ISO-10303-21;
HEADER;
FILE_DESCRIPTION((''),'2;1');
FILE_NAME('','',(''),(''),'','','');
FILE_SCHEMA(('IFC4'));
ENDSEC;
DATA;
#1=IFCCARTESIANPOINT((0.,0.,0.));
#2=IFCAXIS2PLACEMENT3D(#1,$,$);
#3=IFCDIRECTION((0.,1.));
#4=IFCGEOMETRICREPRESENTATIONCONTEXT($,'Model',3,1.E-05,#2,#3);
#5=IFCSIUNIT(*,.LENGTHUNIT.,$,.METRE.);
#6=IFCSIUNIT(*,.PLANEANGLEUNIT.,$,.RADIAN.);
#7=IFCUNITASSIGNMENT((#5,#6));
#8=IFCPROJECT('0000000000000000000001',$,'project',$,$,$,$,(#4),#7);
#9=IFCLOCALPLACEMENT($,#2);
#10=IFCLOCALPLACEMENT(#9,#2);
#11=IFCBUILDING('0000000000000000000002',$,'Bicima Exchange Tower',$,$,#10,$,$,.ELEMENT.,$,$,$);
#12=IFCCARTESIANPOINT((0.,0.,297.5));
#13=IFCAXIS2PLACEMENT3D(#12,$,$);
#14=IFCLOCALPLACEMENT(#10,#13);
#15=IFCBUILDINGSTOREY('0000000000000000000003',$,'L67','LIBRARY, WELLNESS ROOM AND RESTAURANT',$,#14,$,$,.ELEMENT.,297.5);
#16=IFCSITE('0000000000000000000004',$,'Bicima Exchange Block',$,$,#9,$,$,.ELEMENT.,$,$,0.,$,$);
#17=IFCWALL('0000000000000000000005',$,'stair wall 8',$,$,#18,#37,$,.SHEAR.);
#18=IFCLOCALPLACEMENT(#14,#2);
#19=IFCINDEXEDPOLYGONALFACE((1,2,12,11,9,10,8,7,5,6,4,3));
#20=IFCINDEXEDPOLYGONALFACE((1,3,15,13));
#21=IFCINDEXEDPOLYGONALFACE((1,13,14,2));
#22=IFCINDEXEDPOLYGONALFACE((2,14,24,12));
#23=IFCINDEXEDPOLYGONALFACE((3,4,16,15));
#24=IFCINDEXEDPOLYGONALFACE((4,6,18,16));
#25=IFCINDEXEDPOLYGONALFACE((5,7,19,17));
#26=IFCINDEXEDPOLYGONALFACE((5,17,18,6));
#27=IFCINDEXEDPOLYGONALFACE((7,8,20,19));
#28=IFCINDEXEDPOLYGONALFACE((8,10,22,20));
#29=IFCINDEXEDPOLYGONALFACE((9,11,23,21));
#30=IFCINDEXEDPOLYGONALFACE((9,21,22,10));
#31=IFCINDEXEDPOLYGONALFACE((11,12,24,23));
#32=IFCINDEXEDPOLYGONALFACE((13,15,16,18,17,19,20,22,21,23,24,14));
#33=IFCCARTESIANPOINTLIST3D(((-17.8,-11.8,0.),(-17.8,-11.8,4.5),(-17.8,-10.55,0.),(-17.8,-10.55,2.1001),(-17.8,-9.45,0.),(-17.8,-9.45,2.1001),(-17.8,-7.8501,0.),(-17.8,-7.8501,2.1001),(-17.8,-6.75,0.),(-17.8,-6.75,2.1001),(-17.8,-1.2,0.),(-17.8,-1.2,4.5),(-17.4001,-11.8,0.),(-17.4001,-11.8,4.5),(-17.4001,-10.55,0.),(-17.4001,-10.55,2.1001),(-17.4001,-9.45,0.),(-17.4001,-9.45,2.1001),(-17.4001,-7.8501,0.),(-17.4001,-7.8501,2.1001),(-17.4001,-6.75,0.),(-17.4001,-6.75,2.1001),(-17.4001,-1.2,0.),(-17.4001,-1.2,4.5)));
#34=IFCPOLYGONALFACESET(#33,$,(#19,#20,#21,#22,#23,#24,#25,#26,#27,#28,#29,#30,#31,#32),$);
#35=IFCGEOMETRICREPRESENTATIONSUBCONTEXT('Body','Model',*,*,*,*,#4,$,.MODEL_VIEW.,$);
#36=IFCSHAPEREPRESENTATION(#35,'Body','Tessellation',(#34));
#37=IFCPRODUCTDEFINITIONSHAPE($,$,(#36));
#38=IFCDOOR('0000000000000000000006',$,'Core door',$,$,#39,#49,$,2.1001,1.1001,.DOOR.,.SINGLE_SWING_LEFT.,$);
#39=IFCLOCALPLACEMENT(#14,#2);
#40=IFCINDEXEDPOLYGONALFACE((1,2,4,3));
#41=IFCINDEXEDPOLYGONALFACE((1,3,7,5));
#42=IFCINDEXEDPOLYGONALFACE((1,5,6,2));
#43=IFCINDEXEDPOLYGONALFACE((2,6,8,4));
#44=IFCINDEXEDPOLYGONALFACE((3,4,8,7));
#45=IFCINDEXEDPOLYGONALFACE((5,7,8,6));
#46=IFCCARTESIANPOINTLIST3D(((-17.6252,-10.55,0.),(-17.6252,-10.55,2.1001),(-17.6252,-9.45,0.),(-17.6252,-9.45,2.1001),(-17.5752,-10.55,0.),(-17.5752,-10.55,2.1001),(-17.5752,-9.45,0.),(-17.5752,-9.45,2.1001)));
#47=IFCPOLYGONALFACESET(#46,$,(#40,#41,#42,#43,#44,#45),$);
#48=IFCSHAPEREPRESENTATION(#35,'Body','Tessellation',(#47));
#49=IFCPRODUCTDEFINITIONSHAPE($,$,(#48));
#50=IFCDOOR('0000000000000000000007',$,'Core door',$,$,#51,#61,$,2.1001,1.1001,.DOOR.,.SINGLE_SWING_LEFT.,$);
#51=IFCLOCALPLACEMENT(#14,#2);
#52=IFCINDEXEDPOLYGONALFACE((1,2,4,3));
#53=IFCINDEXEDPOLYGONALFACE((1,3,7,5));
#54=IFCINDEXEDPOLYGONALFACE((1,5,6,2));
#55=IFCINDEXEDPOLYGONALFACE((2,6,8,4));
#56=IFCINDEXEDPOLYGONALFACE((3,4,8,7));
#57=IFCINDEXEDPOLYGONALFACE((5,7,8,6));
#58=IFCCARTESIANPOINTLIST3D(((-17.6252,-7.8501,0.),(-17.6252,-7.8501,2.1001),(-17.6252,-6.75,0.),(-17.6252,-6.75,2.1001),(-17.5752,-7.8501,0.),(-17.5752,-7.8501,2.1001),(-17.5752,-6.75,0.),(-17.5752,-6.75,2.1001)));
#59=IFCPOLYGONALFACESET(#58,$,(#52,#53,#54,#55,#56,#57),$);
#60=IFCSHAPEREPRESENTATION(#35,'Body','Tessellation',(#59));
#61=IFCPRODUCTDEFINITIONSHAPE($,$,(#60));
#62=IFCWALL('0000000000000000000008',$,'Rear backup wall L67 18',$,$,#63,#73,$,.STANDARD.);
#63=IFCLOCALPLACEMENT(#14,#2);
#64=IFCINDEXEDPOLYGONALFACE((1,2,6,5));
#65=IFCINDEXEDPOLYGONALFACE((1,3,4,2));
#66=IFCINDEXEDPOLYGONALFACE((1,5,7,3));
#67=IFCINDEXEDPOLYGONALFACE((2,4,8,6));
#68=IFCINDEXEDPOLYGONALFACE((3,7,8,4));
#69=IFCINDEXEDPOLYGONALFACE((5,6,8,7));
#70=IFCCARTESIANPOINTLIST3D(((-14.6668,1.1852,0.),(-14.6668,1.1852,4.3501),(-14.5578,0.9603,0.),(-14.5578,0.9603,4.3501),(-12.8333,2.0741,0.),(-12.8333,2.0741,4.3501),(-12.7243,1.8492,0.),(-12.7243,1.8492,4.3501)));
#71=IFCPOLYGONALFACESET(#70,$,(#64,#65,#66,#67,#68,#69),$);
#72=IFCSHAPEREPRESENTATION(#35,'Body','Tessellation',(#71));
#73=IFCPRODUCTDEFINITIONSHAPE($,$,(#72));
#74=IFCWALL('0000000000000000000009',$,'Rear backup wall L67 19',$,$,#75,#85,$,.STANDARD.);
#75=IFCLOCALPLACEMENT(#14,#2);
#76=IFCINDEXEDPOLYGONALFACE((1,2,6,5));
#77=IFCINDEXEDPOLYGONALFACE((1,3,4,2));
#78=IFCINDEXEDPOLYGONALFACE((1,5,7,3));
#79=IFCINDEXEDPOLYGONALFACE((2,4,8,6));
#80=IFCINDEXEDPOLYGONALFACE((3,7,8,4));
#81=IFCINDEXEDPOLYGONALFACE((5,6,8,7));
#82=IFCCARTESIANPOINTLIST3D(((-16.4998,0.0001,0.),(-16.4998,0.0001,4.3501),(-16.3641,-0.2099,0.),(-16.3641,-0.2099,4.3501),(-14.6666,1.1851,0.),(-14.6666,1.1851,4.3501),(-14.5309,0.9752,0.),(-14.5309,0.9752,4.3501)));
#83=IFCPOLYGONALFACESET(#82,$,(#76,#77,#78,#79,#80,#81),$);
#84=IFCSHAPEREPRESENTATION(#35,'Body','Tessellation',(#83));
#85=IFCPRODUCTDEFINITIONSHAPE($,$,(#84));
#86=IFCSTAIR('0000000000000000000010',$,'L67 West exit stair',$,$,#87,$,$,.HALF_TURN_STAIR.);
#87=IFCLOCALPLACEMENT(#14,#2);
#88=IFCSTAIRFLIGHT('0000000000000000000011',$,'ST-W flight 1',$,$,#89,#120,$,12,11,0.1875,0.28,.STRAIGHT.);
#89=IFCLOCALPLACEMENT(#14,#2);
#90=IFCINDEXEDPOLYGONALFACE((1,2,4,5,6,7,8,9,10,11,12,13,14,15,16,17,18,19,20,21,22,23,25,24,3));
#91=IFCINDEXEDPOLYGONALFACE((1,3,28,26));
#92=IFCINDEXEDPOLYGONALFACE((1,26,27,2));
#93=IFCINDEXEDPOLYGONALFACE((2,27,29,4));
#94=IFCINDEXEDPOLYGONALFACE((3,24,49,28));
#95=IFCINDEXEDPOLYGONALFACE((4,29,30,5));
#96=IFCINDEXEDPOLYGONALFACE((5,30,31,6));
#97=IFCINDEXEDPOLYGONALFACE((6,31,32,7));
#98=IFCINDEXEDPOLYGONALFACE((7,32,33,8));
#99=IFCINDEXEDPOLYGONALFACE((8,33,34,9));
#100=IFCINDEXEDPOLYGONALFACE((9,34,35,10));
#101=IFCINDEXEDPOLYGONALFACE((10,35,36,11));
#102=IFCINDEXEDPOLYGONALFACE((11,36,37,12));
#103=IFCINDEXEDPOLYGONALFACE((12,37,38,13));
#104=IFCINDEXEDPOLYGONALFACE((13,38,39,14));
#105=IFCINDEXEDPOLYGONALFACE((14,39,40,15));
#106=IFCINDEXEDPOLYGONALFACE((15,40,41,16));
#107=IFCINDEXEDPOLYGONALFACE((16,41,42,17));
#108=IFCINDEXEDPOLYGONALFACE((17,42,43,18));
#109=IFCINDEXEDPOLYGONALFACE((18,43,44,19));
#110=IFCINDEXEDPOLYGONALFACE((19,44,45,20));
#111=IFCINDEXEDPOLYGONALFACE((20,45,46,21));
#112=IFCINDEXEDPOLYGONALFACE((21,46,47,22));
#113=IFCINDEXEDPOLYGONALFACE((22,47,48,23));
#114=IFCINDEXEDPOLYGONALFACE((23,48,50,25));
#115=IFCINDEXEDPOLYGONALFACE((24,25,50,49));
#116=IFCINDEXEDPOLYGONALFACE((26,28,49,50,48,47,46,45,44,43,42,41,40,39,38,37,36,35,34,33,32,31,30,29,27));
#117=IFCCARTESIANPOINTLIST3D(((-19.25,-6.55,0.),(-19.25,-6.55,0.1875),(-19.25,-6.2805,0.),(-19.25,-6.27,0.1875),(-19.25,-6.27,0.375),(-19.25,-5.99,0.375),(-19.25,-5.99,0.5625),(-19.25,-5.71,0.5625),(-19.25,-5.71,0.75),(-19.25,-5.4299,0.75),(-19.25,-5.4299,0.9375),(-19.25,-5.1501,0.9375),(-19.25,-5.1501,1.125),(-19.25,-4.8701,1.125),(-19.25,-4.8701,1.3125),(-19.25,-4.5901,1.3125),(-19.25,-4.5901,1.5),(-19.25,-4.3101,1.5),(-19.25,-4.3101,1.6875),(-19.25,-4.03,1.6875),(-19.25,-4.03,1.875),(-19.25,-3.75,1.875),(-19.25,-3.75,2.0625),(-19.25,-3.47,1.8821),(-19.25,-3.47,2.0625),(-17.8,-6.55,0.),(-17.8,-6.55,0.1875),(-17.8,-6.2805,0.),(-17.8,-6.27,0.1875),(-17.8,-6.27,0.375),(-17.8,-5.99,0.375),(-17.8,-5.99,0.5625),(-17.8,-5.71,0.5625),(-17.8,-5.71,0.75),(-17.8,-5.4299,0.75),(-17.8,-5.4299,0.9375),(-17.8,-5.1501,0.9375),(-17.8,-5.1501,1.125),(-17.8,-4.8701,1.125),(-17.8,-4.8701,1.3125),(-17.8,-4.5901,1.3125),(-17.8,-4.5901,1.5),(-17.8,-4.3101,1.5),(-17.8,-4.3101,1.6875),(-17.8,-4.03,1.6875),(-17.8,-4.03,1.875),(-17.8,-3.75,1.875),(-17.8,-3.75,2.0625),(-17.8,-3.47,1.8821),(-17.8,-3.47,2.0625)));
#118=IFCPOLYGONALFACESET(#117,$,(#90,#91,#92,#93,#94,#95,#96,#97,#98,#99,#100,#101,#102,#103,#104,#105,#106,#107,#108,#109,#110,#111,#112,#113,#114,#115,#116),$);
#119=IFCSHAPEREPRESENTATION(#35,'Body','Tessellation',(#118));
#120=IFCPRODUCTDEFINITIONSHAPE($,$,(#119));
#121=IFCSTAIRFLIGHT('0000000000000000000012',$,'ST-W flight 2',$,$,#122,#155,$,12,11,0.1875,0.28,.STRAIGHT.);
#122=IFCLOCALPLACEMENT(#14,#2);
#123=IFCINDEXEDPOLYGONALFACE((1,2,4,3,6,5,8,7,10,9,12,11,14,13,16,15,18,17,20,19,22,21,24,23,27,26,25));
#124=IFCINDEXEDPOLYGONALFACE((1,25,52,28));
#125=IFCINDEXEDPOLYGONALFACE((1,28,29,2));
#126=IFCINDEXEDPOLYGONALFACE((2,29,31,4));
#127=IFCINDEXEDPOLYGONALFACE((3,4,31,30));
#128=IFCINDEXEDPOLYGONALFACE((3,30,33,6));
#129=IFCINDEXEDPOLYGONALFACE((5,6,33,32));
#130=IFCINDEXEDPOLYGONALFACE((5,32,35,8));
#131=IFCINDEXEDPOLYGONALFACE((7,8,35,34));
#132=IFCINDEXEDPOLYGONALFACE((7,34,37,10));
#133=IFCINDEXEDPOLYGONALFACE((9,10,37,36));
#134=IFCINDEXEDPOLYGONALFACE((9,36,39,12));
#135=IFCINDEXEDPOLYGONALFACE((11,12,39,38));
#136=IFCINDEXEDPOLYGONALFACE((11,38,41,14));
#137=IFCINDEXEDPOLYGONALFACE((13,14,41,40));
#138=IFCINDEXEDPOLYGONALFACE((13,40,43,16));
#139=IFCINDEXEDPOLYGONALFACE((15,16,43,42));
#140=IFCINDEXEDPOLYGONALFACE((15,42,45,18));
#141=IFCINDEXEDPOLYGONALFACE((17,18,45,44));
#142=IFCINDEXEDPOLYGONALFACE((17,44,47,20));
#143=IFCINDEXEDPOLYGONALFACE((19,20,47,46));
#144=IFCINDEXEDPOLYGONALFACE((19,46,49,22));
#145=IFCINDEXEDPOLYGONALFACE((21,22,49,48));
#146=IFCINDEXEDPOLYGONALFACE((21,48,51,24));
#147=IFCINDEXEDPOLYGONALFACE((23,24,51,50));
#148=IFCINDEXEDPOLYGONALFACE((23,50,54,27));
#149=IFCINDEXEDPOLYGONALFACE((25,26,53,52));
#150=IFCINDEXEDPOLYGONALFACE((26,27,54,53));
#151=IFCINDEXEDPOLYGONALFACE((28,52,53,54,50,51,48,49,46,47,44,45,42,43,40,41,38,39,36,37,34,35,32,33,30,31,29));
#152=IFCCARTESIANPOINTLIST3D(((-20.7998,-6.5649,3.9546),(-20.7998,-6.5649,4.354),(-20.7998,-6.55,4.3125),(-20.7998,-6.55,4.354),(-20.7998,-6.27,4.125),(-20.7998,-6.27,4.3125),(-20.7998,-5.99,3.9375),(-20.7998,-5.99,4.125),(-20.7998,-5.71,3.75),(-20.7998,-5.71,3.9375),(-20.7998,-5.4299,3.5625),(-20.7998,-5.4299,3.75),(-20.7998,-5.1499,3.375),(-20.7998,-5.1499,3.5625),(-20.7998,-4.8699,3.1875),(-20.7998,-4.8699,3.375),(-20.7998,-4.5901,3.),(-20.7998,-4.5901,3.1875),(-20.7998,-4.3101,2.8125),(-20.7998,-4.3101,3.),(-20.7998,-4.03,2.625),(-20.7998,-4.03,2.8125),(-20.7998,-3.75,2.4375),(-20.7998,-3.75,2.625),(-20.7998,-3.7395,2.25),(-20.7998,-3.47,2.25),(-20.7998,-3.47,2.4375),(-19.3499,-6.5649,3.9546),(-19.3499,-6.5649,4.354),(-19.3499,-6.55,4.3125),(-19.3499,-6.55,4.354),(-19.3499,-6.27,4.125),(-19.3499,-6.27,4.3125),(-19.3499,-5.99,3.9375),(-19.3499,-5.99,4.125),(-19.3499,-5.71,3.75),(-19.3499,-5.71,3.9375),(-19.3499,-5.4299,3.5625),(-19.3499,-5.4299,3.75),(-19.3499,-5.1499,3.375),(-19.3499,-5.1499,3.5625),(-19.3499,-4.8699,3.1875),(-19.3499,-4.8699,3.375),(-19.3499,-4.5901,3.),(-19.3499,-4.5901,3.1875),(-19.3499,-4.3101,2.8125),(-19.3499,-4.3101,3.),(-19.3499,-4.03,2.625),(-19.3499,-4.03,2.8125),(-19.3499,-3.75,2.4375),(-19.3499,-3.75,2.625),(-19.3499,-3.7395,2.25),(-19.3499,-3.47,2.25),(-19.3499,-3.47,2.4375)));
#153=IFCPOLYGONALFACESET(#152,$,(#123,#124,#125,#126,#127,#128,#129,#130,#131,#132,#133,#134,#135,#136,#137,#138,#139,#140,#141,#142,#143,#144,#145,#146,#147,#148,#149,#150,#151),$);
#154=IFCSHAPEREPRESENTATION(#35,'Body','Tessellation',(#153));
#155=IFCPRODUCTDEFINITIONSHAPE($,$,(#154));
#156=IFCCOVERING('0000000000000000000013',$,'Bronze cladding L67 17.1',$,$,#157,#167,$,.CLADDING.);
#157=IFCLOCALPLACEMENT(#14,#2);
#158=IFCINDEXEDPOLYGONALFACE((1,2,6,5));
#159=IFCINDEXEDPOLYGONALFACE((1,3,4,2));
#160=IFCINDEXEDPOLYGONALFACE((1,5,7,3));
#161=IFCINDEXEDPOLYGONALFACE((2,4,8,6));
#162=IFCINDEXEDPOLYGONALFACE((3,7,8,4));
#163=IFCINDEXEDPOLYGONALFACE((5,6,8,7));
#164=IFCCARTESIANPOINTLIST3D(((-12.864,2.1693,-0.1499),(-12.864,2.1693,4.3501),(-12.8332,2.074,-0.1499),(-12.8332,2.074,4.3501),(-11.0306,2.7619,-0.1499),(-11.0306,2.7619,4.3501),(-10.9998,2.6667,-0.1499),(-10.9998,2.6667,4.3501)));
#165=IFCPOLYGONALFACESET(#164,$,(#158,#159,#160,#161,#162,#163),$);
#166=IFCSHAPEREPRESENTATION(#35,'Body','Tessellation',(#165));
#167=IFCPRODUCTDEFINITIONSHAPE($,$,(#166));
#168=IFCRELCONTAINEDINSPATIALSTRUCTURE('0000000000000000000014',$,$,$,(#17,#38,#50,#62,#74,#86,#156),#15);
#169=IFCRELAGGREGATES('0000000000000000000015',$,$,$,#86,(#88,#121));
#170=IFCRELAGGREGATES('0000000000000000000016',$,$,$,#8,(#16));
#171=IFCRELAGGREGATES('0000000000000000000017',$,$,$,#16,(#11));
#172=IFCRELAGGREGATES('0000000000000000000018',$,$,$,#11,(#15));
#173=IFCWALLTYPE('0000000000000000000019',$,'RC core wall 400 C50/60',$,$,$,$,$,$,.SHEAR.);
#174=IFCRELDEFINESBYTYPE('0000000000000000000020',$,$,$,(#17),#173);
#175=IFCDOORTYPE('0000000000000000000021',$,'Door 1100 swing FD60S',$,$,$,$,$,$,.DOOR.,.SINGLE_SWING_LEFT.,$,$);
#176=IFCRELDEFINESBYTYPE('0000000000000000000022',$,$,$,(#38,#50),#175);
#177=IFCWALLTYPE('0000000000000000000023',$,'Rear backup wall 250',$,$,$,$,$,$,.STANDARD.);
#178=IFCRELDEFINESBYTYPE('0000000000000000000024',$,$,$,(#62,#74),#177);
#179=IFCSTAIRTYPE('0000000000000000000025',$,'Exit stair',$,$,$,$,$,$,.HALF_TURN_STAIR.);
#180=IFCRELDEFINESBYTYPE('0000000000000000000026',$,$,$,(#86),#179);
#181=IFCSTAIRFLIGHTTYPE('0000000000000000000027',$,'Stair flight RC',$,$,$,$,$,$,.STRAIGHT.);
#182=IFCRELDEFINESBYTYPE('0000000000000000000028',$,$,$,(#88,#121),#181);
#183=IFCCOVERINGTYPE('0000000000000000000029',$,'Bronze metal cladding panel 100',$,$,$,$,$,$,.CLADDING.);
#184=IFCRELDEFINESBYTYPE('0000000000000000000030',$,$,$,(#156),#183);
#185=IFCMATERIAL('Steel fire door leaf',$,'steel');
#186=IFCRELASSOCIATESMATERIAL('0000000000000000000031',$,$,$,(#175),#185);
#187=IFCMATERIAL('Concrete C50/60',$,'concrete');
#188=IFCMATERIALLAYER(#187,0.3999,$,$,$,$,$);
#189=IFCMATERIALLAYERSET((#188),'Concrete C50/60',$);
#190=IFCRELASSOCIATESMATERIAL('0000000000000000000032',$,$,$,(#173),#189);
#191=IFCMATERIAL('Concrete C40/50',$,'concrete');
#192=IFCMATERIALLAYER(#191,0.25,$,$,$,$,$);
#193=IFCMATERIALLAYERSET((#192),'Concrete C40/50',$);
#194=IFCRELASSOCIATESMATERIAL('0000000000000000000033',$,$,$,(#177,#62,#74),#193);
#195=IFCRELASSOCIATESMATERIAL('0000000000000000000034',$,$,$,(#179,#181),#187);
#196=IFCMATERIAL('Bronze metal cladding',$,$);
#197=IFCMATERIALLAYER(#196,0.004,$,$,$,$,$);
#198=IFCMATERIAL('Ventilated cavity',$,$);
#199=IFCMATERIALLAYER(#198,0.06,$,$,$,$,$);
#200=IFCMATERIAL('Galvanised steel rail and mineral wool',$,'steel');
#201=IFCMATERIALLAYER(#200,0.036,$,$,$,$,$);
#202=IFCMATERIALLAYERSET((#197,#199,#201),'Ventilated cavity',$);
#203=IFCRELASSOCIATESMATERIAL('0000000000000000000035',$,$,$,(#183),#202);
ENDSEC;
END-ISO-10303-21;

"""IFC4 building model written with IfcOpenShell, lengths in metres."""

from ifc_helpers import new_model, si_unit, direction, frame, frame_2d, origin, origin_2d, place, context, subcontext, project, spatial, polyline, rectangle, outline, extrude, material, layer, layer_set, layer_usage, type_object, element, fill, aggregate, save


model = new_model("IFC4")

# Units and contexts
model_context = context("Model", 3, precision=1e-05, world=origin(), true_north=direction((0.0, 1.0)))
body_context = subcontext(model_context, "Body", "Model", "MODEL_VIEW")
ifc_project = project(units=[si_unit("LENGTHUNIT", "METRE"), si_unit("PLANEANGLEUNIT", "RADIAN")], contexts=[model_context])

# Site, building, storey
site_placement = place(None, origin())
site = spatial("IfcSite", under=ifc_project, at=site_placement, Name="Bicima Exchange Block", CompositionType="ELEMENT", RefElevation=0.0)
building_placement = place(site_placement, origin())
building = spatial("IfcBuilding", under=site, at=building_placement, Name="Bicima Exchange Tower", CompositionType="ELEMENT")
storey_placement = place(building_placement, frame((0.0, 0.0, 297.5)))
storey = spatial("IfcBuildingStorey", under=building, at=storey_placement, Name="L67", Description="LIBRARY, WELLNESS ROOM AND RESTAURANT", CompositionType="ELEMENT", Elevation=297.5)

# Shared definitions
ifc_material_1 = material(Name="Concrete C40/50", Category="concrete")

# Shared definitions
ifc_material_2 = material(Name="Steel fire door leaf", Category="steel")

# Shared definitions
door_type_1 = type_object("IfcDoorType", Name="Door 1100 swing FD60S", OperationType="SINGLE_SWING_LEFT", PredefinedType="DOOR", material=ifc_material_2)
ifc_material_3 = material(Name="Concrete C50/60", Category="concrete")
ifc_layer_1 = layer(ifc_material_3, 0.3999)
ifc_layer_set_1 = layer_set([ifc_layer_1], Name="Concrete C50/60")
wall_type_1 = type_object("IfcWallType", Name="RC core wall 400 C50/60", PredefinedType="SHEAR", material=ifc_layer_set_1)

# Wall, openings, doors
wall_1_placement = place(storey_placement, frame((-17.6001, -11.8, 0.0), z_axis=(0.0, 0.0, 1.0), x_axis=(0.0, 1.0, 0.0)))
wall_1 = element("IfcWall", 1, at=wall_1_placement, inside=storey, type_object=wall_type_1, Name="stair wall 8", PredefinedType="SHEAR", context=body_context, shape_type="SweptSolid", body=[
    extrude(rectangle(XDim=10.6001, YDim=0.3999, at=frame_2d((5.3, 0.0))), origin(), (0.0, 0.0, 1.0), 4.5),
])
opening_1_placement = place(wall_1_placement, frame((1.25, 0.0, 0.0)))
opening_1 = element("IfcOpeningElement", 2, at=opening_1_placement, cuts=wall_1, PredefinedType="OPENING", context=body_context, shape_type="SweptSolid", body=[
    extrude(rectangle(XDim=1.1001, YDim=2.1001, at=frame_2d((0.55, 1.05))), frame((0.0, 0.2119, 0.0), z_axis=(0.0, -1.0, 0.0), x_axis=(1.0, 0.0, 0.0)), (0.0, 0.0, 1.0), 0.4238),
])
opening_2_placement = place(wall_1_placement, frame((3.95, 0.0, 0.0)))
opening_2 = element("IfcOpeningElement", 3, at=opening_2_placement, cuts=wall_1, PredefinedType="OPENING", context=body_context, shape_type="SweptSolid", body=[
    extrude(rectangle(XDim=1.1001, YDim=2.1001, at=frame_2d((0.55, 1.05))), frame((0.0, 0.2119, 0.0), z_axis=(0.0, -1.0, 0.0), x_axis=(1.0, 0.0, 0.0)), (0.0, 0.0, 1.0), 0.4238),
])
door_1_placement = place(opening_1_placement, frame((1.1001, 0.0, 0.0), z_axis=(0.0, 0.0, 1.0), x_axis=(-1.0, 0.0, 0.0)))
door_1 = element("IfcDoor", 4, at=door_1_placement, inside=storey, type_object=door_type_1, Name="Core door", OperationType="SINGLE_SWING_LEFT", OverallHeight=2.1001, OverallWidth=1.1001, PredefinedType="DOOR", context=body_context, shape_type="SweptSolid", body=[
    extrude(rectangle(XDim=1.1001, YDim=2.1001, at=frame_2d((0.55, 1.05))), frame((0.0, 0.0249, 0.0), z_axis=(0.0, -1.0, 0.0), x_axis=(1.0, 0.0, 0.0)), (0.0, 0.0, 1.0), 0.05),
])
fill(opening_1, door_1)
door_2_placement = place(opening_2_placement, frame((1.1001, 0.0, 0.0), z_axis=(0.0, 0.0, 1.0), x_axis=(-1.0, 0.0, 0.0)))
door_2 = element("IfcDoor", 5, at=door_2_placement, inside=storey, type_object=door_type_1, Name="Core door", OperationType="SINGLE_SWING_LEFT", OverallHeight=2.1001, OverallWidth=1.1001, PredefinedType="DOOR", context=body_context, shape_type="SweptSolid", body=[
    extrude(rectangle(XDim=1.1001, YDim=2.1001, at=frame_2d((0.55, 1.05))), frame((0.0, 0.0249, 0.0), z_axis=(0.0, -1.0, 0.0), x_axis=(1.0, 0.0, 0.0)), (0.0, 0.0, 1.0), 0.05),
])
fill(opening_2, door_2)

# Walls
ifc_layer_2 = layer(ifc_material_1, 0.25)
ifc_layer_set_2 = layer_set([ifc_layer_2], Name="Concrete C40/50")
ifc_layer_usage = layer_usage(ifc_layer_set_2, "AXIS2", "POSITIVE", -0.125)
wall_type_2 = type_object("IfcWallType", Name="Rear backup wall 250", PredefinedType="STANDARD", material=ifc_layer_set_2)
wall_2_placement = place(storey_placement, frame((-12.7788, 1.9617, 0.0), z_axis=(0.0, 0.0, 1.0), x_axis=(-0.899824, -0.436253, 0.0)))
element("IfcWall", 6, at=wall_2_placement, inside=storey, type_object=wall_type_2, material=ifc_layer_usage, Name="Rear backup wall L67 18", PredefinedType="STANDARD", context=body_context, shape_type="SweptSolid", body=[
    extrude(rectangle(XDim=2.0376, YDim=0.25, at=frame_2d((1.0188, 0.0))), origin(), (0.0, 0.0, 1.0), 4.3501),
])
wall_3_placement = place(storey_placement, frame((-14.5989, 1.0801, 0.0), z_axis=(0.0, 0.0, 1.0), x_axis=(-0.839813, -0.542876, 0.0)))
element("IfcWall", 7, at=wall_3_placement, inside=storey, type_object=wall_type_2, material=ifc_layer_usage, Name="Rear backup wall L67 19", PredefinedType="STANDARD", context=body_context, shape_type="SweptSolid", body=[
    extrude(rectangle(XDim=2.1829, YDim=0.25, at=frame_2d((1.0913, 0.0))), origin(), (0.0, 0.0, 1.0), 4.3501),
])

# Stair, stair flights
stair_type = type_object("IfcStairType", Name="Exit stair", PredefinedType="HALF_TURN_STAIR", material=ifc_material_3)
stair_placement = place(storey_placement, origin())
stair = element("IfcStair", 8, at=stair_placement, inside=storey, type_object=stair_type, Name="L67 West exit stair", PredefinedType="HALF_TURN_STAIR")
stair_flight_type = type_object("IfcStairFlightType", Name="Stair flight RC", PredefinedType="STRAIGHT", material=ifc_material_3)
stair_flight_1_placement = place(storey_placement, frame((-18.5249, -6.55, 0.0), z_axis=(0.0, 0.0, 1.0), x_axis=(0.0, 1.0, 0.0)))
stair_flight_1 = element("IfcStairFlight", 9, at=stair_flight_1_placement, type_object=stair_flight_type, Name="ST-W flight 1", NumberOfRisers=12, NumberOfTreads=11, PredefinedType="STRAIGHT", RiserHeight=0.1875, TreadLength=0.28, context=body_context, shape_type="SweptSolid", body=[
    extrude(outline(polyline([(0.0, 0.0), (0.0, 0.1875), (0.28, 0.1875), (0.28, 0.375), (0.5601, 0.375), (0.5601, 0.5625), (0.8401, 0.5625), (0.8401, 0.75), (1.1201, 0.75), (1.1201, 0.9375), (1.3999, 0.9375), (1.3999, 1.125), (1.6799, 1.125), (1.6799, 1.3125), (1.96, 1.3125), (1.96, 1.5), (2.24, 1.5), (2.24, 1.6875), (2.52, 1.6875), (2.52, 1.875), (2.8, 1.875), (2.8, 2.0625), (3.0801, 2.0625), (3.0801, 2.25), (3.0801, 1.8821), (0.2695, 0.0), (0.0, 0.0)])), frame((0.0, 0.7251, 0.0), z_axis=(0.0, -1.0, 0.0), x_axis=(1.0, 0.0, 0.0)), (0.0, 0.0, 1.0), 1.45),
])
stair_flight_2_placement = place(storey_placement, frame((-20.075, -3.47, 2.25), z_axis=(0.0, 0.0, 1.0), x_axis=(0.0, -1.0, 0.0)))
stair_flight_2 = element("IfcStairFlight", 10, at=stair_flight_2_placement, type_object=stair_flight_type, Name="ST-W flight 2", NumberOfRisers=12, NumberOfTreads=11, PredefinedType="STRAIGHT", RiserHeight=0.1875, TreadLength=0.28, context=body_context, shape_type="SweptSolid", body=[
    extrude(outline(polyline([(0.0, 0.0), (0.0, 0.1875), (0.28, 0.1875), (0.28, 0.375), (0.5601, 0.375), (0.5601, 0.5625), (0.8401, 0.5625), (0.8401, 0.75), (1.1201, 0.75), (1.1201, 0.9375), (1.3999, 0.9375), (1.3999, 1.125), (1.6799, 1.125), (1.6799, 1.3125), (1.96, 1.3125), (1.96, 1.5), (2.24, 1.5), (2.24, 1.6875), (2.52, 1.6875), (2.52, 1.875), (2.8, 1.875), (2.8, 2.0625), (3.0801, 2.0625), (3.0801, 2.104), (3.095, 2.104), (3.095, 1.7046), (0.2695, 0.0), (0.0, 0.0)])), frame((0.0, 0.7251, 0.0), z_axis=(0.0, -1.0, 0.0), x_axis=(1.0, 0.0, 0.0)), (0.0, 0.0, 1.0), 1.45),
])
aggregate(stair, [stair_flight_1, stair_flight_2])

# Covering
ifc_material_4 = material(Name="Bronze metal cladding")
ifc_layer_3 = layer(ifc_material_4, 0.004)
ifc_material_5 = material(Name="Ventilated cavity")
ifc_layer_4 = layer(ifc_material_5, 0.06)
ifc_material_6 = material(Name="Galvanised steel rail and mineral wool", Category="steel")
ifc_layer_5 = layer(ifc_material_6, 0.036)
ifc_layer_set_3 = layer_set([ifc_layer_3, ifc_layer_4, ifc_layer_5], Name="Ventilated cavity")
covering_type = type_object("IfcCoveringType", Name="Bronze metal cladding panel 100", PredefinedType="CLADDING", material=ifc_layer_set_3)
covering_1_placement = place(storey_placement, frame((-11.9319, 2.418, -0.1499), z_axis=(0.0, 0.0, 1.0), x_axis=(-0.951525, -0.307573, 0.0)))
element("IfcCovering", 11, at=covering_1_placement, inside=storey, type_object=covering_type, Name="Bronze cladding L67 17.1", PredefinedType="CLADDING", context=body_context, shape_type="SweptSolid", body=[
    extrude(rectangle(XDim=1.9268, YDim=0.1001, at=origin_2d()), origin(), (0.0, 0.0, 1.0), 4.5),
])

save(model, "model.ifc")
